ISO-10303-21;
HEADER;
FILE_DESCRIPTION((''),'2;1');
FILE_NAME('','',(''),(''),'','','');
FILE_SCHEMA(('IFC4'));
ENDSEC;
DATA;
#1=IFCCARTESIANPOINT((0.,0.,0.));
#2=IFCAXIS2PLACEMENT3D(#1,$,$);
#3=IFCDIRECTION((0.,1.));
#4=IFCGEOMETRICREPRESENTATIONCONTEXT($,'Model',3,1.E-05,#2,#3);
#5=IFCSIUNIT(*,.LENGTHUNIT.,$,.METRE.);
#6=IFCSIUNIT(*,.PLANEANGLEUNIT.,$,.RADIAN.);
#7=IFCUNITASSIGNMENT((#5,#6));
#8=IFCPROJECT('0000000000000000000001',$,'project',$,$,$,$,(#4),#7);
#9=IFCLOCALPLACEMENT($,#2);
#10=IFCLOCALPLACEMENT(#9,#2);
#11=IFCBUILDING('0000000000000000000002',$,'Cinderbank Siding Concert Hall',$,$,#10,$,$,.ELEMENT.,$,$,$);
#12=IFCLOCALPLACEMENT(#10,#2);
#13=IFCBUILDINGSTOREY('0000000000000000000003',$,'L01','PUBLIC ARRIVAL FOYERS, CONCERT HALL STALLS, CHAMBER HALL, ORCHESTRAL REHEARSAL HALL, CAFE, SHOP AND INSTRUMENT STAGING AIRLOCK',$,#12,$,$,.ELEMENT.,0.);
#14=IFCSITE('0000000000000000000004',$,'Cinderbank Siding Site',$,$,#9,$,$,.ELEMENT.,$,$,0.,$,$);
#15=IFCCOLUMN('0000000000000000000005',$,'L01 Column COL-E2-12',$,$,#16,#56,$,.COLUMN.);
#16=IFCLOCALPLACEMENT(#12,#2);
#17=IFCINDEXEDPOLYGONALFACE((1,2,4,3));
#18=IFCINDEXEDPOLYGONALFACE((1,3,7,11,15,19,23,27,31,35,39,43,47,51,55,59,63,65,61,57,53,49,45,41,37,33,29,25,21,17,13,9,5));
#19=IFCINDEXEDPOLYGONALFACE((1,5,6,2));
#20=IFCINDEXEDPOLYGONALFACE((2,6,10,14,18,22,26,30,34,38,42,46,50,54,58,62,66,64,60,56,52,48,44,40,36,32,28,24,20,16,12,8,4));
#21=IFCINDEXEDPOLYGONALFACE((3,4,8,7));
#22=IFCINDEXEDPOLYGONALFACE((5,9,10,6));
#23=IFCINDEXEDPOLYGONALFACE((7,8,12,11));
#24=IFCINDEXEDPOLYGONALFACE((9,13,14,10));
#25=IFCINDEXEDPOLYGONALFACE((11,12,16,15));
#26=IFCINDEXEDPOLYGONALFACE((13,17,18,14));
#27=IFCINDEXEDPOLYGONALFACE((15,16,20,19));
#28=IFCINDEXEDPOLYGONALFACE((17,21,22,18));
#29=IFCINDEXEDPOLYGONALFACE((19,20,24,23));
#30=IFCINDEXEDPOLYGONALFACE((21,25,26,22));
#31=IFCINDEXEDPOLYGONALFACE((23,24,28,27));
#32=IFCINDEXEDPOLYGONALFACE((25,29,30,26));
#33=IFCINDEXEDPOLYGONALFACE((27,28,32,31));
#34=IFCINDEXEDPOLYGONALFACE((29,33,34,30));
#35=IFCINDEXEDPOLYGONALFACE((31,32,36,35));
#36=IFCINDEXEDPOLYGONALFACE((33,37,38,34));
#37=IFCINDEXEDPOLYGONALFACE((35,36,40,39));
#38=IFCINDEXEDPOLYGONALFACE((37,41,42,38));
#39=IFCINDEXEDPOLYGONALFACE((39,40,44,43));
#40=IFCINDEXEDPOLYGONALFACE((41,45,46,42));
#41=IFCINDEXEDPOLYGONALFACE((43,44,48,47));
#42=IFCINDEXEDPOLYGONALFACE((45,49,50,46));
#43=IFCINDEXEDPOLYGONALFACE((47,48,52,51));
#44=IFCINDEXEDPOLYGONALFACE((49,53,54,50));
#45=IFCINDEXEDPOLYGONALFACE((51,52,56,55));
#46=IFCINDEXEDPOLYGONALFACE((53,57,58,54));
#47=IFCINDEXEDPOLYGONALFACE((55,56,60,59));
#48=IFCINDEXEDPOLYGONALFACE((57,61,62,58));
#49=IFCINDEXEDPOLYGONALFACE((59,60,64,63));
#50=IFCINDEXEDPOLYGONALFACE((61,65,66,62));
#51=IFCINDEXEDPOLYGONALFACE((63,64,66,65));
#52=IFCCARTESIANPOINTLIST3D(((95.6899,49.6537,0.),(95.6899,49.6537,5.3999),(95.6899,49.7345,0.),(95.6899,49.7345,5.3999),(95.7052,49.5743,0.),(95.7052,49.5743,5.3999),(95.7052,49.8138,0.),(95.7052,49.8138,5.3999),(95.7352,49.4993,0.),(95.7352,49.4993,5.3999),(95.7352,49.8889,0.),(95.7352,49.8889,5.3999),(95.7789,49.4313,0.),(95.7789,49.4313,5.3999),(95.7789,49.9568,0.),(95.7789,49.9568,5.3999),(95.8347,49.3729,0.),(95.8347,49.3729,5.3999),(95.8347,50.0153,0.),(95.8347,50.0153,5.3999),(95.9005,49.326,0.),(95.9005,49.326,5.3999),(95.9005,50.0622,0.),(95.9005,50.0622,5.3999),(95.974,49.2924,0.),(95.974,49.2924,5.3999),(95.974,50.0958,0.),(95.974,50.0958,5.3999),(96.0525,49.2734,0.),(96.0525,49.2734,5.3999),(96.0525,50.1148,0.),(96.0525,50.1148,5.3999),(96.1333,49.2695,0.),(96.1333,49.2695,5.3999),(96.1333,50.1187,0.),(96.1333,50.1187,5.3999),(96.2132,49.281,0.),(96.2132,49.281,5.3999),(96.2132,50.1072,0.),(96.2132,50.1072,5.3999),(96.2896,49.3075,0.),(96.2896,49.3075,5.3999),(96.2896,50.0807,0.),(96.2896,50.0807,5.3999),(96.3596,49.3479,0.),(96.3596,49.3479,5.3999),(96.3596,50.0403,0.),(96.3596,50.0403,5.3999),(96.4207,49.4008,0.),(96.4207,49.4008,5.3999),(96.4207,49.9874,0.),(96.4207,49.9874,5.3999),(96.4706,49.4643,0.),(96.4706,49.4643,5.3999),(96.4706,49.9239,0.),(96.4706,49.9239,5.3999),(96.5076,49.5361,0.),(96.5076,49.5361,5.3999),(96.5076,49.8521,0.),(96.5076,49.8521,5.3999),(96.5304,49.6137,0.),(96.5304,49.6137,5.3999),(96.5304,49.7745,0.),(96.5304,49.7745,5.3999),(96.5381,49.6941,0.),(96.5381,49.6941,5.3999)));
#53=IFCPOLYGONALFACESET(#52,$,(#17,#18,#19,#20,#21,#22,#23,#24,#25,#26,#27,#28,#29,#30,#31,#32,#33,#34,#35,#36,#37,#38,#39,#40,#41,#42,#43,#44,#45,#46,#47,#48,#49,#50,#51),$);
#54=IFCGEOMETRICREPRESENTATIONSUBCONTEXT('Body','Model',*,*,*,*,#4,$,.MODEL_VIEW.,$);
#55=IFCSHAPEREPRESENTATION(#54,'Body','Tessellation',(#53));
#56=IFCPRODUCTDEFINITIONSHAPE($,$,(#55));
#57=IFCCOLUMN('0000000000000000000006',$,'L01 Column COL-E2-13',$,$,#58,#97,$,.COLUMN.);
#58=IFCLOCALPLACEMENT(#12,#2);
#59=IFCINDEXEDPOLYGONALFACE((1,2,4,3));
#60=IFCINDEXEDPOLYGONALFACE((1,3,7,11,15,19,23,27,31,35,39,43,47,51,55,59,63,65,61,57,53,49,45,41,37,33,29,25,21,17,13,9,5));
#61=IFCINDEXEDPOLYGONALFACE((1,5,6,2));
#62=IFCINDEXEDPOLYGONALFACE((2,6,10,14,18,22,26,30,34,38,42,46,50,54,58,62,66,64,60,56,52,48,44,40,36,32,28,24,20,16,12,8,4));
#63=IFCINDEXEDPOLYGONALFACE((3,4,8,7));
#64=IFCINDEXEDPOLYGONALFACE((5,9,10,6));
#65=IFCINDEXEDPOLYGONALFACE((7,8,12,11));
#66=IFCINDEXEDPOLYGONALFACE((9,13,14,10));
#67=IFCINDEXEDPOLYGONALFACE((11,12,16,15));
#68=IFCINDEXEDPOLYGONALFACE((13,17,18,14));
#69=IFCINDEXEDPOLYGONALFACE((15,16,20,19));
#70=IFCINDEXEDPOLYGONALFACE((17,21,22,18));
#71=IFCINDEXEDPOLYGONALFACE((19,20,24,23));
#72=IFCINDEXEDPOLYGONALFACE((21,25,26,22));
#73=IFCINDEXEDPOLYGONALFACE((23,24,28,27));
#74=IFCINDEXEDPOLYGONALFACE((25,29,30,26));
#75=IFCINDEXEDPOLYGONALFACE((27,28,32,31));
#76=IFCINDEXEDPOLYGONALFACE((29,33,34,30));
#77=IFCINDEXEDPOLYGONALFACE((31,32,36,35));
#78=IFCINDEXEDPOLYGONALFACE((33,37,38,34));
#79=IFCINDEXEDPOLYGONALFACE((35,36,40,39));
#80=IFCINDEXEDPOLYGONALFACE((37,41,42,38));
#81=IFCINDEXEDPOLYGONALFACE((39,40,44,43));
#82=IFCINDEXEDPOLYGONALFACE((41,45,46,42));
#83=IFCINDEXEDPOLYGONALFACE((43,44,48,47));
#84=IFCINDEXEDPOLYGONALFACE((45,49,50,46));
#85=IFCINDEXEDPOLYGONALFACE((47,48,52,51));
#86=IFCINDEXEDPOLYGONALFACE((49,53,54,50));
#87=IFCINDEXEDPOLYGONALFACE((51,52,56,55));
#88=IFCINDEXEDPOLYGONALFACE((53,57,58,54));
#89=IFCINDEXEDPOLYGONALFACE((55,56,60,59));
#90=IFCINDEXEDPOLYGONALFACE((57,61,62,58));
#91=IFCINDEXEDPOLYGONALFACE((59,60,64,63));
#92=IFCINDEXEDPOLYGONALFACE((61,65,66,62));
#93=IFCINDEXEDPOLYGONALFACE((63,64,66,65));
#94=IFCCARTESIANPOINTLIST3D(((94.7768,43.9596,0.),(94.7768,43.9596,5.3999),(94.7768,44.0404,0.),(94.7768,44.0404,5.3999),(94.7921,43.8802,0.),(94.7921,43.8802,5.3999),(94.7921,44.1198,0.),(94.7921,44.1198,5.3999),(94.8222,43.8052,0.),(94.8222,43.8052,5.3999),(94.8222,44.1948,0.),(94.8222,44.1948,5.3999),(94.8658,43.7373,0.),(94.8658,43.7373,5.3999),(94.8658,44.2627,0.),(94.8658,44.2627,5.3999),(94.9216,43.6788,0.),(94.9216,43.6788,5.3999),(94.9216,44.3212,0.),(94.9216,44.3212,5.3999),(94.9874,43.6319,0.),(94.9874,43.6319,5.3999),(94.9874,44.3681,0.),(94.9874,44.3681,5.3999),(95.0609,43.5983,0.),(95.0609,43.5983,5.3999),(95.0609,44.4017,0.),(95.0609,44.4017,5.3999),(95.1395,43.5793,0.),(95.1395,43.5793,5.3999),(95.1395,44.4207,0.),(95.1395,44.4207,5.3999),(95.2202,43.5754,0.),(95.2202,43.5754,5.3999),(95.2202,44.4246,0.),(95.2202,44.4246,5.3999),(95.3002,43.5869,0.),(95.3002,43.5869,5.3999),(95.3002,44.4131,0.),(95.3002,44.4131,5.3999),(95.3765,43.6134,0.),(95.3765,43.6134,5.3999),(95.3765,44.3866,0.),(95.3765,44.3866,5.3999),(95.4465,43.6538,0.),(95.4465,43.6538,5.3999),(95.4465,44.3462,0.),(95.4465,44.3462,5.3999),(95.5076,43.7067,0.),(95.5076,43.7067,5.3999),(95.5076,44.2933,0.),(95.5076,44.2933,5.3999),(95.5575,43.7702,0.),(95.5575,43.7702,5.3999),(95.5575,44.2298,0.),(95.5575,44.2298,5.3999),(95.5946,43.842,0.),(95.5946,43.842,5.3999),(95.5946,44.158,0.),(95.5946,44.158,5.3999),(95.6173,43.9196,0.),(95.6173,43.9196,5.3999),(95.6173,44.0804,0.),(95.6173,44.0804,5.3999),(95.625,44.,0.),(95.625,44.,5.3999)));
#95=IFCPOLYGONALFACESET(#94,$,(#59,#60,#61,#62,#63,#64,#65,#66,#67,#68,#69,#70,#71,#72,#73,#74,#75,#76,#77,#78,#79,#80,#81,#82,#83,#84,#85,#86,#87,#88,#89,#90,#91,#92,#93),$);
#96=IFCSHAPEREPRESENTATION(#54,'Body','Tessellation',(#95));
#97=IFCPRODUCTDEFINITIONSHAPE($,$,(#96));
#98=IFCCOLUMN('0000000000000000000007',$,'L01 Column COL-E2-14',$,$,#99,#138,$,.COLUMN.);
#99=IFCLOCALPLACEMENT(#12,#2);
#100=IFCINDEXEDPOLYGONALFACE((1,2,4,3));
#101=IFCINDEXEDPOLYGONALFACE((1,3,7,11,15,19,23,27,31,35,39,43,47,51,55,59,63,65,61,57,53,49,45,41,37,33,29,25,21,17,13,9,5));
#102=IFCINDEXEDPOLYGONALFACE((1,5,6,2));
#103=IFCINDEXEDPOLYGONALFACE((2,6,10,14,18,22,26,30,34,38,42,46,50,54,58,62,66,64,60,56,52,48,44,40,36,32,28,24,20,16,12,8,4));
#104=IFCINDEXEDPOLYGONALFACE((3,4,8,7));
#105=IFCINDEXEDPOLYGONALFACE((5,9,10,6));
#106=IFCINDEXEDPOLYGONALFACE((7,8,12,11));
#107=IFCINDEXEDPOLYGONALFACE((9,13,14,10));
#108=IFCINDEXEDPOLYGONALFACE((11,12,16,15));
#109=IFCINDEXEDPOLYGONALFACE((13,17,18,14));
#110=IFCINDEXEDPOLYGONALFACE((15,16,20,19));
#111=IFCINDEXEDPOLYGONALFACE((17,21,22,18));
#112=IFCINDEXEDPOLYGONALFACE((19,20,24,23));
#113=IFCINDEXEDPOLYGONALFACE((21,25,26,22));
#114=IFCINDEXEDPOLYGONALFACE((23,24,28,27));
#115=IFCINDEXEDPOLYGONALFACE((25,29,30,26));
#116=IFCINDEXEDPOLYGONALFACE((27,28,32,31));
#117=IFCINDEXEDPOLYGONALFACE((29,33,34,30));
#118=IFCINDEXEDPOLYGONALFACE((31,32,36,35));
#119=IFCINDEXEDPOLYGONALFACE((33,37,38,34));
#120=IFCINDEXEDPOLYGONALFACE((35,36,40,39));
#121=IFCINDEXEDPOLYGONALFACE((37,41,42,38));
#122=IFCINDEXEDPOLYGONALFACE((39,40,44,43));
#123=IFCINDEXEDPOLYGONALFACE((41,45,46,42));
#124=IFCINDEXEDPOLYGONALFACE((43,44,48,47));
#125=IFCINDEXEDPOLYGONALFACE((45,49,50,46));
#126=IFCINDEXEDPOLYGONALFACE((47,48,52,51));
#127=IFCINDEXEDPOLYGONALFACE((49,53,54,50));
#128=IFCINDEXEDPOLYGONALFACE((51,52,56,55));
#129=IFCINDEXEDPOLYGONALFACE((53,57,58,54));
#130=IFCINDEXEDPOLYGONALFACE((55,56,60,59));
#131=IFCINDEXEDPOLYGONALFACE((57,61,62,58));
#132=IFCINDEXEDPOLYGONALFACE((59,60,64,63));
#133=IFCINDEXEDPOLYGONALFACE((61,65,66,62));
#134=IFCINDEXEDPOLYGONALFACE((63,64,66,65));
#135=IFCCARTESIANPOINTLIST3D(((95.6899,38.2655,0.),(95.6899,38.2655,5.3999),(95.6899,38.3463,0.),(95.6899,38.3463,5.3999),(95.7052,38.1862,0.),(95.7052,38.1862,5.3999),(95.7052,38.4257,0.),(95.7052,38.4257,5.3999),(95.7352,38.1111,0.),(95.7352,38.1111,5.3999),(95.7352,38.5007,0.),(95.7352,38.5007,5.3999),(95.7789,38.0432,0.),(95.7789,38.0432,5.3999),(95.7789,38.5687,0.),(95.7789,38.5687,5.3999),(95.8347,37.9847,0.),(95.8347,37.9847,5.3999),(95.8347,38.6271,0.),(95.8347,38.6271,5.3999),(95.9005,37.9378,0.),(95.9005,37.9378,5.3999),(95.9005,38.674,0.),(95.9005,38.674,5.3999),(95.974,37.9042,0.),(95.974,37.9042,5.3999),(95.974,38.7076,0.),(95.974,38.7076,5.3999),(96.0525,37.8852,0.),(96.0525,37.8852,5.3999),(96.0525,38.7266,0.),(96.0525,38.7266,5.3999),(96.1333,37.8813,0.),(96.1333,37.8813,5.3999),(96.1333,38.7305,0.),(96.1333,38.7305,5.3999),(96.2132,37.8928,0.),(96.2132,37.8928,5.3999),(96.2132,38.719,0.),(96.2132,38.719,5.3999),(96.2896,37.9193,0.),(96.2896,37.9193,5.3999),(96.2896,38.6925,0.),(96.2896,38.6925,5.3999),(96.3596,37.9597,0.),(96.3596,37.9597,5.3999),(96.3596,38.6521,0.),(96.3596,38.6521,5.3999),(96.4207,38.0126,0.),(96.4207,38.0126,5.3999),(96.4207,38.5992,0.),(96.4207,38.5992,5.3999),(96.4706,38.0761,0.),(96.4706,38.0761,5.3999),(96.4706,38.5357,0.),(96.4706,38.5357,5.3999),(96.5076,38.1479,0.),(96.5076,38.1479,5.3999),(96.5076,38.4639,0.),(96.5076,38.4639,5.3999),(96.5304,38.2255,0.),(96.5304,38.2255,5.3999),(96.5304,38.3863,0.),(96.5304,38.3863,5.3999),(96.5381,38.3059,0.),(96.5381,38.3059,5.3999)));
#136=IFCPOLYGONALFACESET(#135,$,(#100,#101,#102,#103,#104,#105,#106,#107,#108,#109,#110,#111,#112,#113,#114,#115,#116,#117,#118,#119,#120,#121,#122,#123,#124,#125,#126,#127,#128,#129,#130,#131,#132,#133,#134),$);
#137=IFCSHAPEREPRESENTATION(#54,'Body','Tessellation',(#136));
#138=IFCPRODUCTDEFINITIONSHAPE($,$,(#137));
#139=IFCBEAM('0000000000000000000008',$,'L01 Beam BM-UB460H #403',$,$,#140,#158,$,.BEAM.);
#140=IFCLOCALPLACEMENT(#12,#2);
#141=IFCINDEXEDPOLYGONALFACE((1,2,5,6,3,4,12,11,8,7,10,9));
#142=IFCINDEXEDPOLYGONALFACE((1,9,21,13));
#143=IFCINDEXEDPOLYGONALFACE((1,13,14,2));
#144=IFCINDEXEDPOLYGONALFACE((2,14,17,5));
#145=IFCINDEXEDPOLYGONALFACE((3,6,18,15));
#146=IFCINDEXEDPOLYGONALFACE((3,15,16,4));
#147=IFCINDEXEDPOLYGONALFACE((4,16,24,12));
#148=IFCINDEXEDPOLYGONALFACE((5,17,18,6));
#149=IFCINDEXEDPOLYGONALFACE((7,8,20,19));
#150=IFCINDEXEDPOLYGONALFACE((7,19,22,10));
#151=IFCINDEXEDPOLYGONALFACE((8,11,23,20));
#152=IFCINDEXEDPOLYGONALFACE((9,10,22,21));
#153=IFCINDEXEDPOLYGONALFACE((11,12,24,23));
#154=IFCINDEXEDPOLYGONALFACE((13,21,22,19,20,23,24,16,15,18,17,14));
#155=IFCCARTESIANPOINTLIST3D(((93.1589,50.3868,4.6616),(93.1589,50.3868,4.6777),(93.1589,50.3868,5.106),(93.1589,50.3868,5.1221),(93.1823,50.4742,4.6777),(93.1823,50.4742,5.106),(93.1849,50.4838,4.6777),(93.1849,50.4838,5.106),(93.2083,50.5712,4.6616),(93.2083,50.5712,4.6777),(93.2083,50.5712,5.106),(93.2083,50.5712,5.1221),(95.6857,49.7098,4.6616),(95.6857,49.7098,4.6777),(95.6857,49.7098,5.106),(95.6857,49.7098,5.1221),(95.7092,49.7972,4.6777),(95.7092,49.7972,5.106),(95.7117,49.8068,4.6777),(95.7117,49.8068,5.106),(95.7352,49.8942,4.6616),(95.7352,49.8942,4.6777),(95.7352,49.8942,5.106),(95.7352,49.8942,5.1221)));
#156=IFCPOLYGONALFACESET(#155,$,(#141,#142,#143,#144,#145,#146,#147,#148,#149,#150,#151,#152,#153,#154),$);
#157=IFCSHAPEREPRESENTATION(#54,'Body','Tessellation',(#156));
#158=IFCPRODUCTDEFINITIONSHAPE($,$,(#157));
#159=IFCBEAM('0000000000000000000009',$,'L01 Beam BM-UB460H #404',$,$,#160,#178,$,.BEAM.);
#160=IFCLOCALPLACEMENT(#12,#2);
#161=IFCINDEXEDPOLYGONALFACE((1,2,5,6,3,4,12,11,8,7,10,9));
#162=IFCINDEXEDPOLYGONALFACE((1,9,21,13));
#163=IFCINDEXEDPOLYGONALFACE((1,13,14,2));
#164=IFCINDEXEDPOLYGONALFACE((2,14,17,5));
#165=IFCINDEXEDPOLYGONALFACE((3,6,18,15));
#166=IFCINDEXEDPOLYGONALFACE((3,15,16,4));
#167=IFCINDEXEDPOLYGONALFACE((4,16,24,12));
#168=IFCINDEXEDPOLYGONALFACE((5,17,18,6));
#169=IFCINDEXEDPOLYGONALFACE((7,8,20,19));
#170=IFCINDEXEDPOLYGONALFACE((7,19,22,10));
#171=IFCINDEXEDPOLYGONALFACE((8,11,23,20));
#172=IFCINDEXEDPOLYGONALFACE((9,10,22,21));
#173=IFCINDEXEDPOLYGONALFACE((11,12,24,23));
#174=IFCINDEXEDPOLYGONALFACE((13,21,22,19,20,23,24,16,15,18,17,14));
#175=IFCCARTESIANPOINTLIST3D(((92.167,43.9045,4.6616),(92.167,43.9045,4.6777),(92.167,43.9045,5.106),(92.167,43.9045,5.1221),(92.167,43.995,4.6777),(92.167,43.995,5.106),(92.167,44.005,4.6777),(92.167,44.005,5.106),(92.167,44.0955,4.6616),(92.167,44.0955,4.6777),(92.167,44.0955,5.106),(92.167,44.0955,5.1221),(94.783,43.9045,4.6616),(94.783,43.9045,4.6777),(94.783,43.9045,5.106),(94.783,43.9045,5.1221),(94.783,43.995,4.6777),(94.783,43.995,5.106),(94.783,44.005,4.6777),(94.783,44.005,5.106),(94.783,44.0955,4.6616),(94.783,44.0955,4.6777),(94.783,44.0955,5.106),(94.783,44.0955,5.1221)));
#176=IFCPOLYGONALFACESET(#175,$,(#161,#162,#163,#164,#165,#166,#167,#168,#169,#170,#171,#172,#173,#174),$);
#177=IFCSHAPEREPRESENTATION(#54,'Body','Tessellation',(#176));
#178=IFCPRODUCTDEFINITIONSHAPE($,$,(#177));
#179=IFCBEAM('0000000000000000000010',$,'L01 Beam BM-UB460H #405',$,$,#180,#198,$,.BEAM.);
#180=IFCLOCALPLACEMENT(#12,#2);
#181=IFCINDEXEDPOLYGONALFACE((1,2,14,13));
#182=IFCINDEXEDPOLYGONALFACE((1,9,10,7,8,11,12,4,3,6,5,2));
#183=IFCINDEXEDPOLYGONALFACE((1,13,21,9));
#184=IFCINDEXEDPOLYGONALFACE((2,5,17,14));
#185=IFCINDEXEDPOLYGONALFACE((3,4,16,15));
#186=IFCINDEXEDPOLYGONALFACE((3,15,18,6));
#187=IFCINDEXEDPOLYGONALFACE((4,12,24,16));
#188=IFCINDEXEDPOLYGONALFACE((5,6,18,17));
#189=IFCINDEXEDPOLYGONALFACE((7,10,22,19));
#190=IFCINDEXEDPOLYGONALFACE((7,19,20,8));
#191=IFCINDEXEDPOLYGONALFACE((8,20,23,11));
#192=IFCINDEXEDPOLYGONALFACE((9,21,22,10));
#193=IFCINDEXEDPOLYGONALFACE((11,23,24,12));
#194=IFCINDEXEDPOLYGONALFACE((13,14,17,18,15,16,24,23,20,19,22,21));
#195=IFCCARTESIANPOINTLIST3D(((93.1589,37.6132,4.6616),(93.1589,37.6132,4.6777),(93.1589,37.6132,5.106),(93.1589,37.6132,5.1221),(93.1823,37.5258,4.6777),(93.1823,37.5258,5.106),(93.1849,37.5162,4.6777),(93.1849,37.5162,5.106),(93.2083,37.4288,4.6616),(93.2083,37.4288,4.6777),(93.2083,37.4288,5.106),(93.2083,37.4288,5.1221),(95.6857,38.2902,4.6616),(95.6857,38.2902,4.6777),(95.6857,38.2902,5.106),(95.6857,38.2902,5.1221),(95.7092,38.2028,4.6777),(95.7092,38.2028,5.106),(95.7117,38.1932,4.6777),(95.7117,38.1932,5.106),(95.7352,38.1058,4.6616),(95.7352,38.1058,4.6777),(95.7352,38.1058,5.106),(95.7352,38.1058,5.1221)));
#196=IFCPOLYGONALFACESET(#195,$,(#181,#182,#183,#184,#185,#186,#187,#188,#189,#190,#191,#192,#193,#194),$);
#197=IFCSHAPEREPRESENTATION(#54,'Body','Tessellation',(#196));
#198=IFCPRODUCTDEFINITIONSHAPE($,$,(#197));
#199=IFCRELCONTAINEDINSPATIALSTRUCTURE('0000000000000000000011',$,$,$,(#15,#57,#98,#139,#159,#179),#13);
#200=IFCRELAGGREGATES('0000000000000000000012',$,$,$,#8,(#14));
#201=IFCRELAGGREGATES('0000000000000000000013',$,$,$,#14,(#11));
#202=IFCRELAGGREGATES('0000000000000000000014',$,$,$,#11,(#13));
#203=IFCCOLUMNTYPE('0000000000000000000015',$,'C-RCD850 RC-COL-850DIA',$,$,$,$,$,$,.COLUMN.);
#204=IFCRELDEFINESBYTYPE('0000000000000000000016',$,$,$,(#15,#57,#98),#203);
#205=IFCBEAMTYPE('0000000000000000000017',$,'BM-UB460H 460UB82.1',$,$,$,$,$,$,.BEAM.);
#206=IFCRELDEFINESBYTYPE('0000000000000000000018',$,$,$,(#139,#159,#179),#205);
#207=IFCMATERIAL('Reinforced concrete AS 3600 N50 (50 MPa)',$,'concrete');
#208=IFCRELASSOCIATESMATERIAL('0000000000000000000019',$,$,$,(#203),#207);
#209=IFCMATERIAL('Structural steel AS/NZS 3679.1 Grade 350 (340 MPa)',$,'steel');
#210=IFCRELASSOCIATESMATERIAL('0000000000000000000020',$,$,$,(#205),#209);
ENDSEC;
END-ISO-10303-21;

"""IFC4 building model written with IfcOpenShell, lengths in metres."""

from ifc_helpers import new_model, si_unit, direction, frame, origin, origin_2d, place, context, subcontext, project, spatial, circle, i_section, extrude, material, material_profile, profile_set, type_object, element, save


model = new_model("IFC4")

# Units and contexts
model_context = context("Model", 3, precision=1e-05, world=origin(), true_north=direction((0.0, 1.0)))
body_context = subcontext(model_context, "Body", "Model", "MODEL_VIEW")
ifc_project = project(units=[si_unit("LENGTHUNIT", "METRE"), si_unit("PLANEANGLEUNIT", "RADIAN")], contexts=[model_context])

# Site, building, storey
site_placement = place(None, origin())
site = spatial("IfcSite", under=ifc_project, at=site_placement, Name="Cinderbank Siding Site", CompositionType="ELEMENT", RefElevation=0.0)
building_placement = place(site_placement, origin())
building = spatial("IfcBuilding", under=site, at=building_placement, Name="Cinderbank Siding Concert Hall", CompositionType="ELEMENT")
storey_placement = place(building_placement, origin())
storey = spatial("IfcBuildingStorey", under=building, at=storey_placement, Name="L01", Description="PUBLIC ARRIVAL FOYERS, CONCERT HALL STALLS, CHAMBER HALL, ORCHESTRAL REHEARSAL HALL, CAFE, SHOP AND INSTRUMENT STAGING AIRLOCK", CompositionType="ELEMENT", Elevation=0.0)

# Columns
ifc_material_1 = material(Name="Reinforced concrete AS 3600 N50 (50 MPa)", Category="concrete")
ifc_material_profile_1 = material_profile(ifc_material_1, circle(Radius=0.425, at=origin_2d()), Name="RC-COL-850DIA", Category="LoadBearing")
ifc_profile_set_1 = profile_set([ifc_material_profile_1], Name="Reinforced concrete AS 3600 N50 (50 MPa)")
column_type = type_object("IfcColumnType", Name="C-RCD850 RC-COL-850DIA", PredefinedType="COLUMN", material=ifc_profile_set_1)
for number, where, z_axis, x_axis, name in (
    (1, (96.113, 49.6941, 0.0), (0.0, 0.0, 1.0), (1.0, 0.0, 0.0), "L01 Column COL-E2-12"),
    (2, (95.2, 44.0, 0.0), (0.0, 0.0, 1.0), (1.0, 0.0, 0.0), "L01 Column COL-E2-13"),
    (3, (96.113, 38.3059, 0.0), (0.0, 0.0, 1.0), (1.0, 0.0, 0.0), "L01 Column COL-E2-14"),
):
    element("IfcColumn", number, at=place(storey_placement, frame(where, z_axis=z_axis, x_axis=x_axis)), inside=storey, type_object=column_type, Name=name, PredefinedType="COLUMN", context=body_context, shape_type="SweptSolid", body=[
        extrude(circle(Radius=0.425, at=origin_2d()), origin(), (0.0, 0.0, 1.0), 5.3999),
    ])

# Beams
ifc_material_2 = material(Name="Structural steel AS/NZS 3679.1 Grade 350 (340 MPa)", Category="steel")
ifc_material_profile_2 = material_profile(ifc_material_2, i_section(OverallWidth=0.1909, OverallDepth=0.4604, WebThickness=0.01, FlangeThickness=0.0161, at=origin_2d()), Name="460UB82.1", Category="LoadBearing")
ifc_profile_set_2 = profile_set([ifc_material_profile_2], Name="Structural steel AS/NZS 3679.1 Grade 350 (340 MPa)")
beam_type_1 = type_object("IfcBeamType", Name="BM-UB460H 460UB82.1", PredefinedType="BEAM", material=ifc_profile_set_2)
for number, where, z_axis, x_axis, name in (
    (4, (95.7104, 49.802, 4.8918), (-0.965932, 0.258795, 0.0), (-0.258795, -0.965932, 0.0), "L01 Beam BM-UB460H #403"),
    (5, (94.783, 44.0, 4.8918), (-1.0, 0.0, 0.0), (0.0, -1.0, 0.0), "L01 Beam BM-UB460H #404"),
    (6, (95.7104, 38.198, 4.8918), (-0.965932, -0.258795, 0.0), (0.258795, -0.965932, 0.0), "L01 Beam BM-UB460H #405"),
):
    element("IfcBeam", number, at=place(storey_placement, frame(where, z_axis=z_axis, x_axis=x_axis)), inside=storey, type_object=beam_type_1, Name=name, PredefinedType="BEAM", context=body_context, shape_type="SweptSolid", body=[
        extrude(i_section(OverallWidth=0.1909, OverallDepth=0.4604, WebThickness=0.01, FlangeThickness=0.0161, at=origin_2d()), origin(), (0.0, 0.0, 1.0), 2.616),
    ])

save(model, "model.ifc")
